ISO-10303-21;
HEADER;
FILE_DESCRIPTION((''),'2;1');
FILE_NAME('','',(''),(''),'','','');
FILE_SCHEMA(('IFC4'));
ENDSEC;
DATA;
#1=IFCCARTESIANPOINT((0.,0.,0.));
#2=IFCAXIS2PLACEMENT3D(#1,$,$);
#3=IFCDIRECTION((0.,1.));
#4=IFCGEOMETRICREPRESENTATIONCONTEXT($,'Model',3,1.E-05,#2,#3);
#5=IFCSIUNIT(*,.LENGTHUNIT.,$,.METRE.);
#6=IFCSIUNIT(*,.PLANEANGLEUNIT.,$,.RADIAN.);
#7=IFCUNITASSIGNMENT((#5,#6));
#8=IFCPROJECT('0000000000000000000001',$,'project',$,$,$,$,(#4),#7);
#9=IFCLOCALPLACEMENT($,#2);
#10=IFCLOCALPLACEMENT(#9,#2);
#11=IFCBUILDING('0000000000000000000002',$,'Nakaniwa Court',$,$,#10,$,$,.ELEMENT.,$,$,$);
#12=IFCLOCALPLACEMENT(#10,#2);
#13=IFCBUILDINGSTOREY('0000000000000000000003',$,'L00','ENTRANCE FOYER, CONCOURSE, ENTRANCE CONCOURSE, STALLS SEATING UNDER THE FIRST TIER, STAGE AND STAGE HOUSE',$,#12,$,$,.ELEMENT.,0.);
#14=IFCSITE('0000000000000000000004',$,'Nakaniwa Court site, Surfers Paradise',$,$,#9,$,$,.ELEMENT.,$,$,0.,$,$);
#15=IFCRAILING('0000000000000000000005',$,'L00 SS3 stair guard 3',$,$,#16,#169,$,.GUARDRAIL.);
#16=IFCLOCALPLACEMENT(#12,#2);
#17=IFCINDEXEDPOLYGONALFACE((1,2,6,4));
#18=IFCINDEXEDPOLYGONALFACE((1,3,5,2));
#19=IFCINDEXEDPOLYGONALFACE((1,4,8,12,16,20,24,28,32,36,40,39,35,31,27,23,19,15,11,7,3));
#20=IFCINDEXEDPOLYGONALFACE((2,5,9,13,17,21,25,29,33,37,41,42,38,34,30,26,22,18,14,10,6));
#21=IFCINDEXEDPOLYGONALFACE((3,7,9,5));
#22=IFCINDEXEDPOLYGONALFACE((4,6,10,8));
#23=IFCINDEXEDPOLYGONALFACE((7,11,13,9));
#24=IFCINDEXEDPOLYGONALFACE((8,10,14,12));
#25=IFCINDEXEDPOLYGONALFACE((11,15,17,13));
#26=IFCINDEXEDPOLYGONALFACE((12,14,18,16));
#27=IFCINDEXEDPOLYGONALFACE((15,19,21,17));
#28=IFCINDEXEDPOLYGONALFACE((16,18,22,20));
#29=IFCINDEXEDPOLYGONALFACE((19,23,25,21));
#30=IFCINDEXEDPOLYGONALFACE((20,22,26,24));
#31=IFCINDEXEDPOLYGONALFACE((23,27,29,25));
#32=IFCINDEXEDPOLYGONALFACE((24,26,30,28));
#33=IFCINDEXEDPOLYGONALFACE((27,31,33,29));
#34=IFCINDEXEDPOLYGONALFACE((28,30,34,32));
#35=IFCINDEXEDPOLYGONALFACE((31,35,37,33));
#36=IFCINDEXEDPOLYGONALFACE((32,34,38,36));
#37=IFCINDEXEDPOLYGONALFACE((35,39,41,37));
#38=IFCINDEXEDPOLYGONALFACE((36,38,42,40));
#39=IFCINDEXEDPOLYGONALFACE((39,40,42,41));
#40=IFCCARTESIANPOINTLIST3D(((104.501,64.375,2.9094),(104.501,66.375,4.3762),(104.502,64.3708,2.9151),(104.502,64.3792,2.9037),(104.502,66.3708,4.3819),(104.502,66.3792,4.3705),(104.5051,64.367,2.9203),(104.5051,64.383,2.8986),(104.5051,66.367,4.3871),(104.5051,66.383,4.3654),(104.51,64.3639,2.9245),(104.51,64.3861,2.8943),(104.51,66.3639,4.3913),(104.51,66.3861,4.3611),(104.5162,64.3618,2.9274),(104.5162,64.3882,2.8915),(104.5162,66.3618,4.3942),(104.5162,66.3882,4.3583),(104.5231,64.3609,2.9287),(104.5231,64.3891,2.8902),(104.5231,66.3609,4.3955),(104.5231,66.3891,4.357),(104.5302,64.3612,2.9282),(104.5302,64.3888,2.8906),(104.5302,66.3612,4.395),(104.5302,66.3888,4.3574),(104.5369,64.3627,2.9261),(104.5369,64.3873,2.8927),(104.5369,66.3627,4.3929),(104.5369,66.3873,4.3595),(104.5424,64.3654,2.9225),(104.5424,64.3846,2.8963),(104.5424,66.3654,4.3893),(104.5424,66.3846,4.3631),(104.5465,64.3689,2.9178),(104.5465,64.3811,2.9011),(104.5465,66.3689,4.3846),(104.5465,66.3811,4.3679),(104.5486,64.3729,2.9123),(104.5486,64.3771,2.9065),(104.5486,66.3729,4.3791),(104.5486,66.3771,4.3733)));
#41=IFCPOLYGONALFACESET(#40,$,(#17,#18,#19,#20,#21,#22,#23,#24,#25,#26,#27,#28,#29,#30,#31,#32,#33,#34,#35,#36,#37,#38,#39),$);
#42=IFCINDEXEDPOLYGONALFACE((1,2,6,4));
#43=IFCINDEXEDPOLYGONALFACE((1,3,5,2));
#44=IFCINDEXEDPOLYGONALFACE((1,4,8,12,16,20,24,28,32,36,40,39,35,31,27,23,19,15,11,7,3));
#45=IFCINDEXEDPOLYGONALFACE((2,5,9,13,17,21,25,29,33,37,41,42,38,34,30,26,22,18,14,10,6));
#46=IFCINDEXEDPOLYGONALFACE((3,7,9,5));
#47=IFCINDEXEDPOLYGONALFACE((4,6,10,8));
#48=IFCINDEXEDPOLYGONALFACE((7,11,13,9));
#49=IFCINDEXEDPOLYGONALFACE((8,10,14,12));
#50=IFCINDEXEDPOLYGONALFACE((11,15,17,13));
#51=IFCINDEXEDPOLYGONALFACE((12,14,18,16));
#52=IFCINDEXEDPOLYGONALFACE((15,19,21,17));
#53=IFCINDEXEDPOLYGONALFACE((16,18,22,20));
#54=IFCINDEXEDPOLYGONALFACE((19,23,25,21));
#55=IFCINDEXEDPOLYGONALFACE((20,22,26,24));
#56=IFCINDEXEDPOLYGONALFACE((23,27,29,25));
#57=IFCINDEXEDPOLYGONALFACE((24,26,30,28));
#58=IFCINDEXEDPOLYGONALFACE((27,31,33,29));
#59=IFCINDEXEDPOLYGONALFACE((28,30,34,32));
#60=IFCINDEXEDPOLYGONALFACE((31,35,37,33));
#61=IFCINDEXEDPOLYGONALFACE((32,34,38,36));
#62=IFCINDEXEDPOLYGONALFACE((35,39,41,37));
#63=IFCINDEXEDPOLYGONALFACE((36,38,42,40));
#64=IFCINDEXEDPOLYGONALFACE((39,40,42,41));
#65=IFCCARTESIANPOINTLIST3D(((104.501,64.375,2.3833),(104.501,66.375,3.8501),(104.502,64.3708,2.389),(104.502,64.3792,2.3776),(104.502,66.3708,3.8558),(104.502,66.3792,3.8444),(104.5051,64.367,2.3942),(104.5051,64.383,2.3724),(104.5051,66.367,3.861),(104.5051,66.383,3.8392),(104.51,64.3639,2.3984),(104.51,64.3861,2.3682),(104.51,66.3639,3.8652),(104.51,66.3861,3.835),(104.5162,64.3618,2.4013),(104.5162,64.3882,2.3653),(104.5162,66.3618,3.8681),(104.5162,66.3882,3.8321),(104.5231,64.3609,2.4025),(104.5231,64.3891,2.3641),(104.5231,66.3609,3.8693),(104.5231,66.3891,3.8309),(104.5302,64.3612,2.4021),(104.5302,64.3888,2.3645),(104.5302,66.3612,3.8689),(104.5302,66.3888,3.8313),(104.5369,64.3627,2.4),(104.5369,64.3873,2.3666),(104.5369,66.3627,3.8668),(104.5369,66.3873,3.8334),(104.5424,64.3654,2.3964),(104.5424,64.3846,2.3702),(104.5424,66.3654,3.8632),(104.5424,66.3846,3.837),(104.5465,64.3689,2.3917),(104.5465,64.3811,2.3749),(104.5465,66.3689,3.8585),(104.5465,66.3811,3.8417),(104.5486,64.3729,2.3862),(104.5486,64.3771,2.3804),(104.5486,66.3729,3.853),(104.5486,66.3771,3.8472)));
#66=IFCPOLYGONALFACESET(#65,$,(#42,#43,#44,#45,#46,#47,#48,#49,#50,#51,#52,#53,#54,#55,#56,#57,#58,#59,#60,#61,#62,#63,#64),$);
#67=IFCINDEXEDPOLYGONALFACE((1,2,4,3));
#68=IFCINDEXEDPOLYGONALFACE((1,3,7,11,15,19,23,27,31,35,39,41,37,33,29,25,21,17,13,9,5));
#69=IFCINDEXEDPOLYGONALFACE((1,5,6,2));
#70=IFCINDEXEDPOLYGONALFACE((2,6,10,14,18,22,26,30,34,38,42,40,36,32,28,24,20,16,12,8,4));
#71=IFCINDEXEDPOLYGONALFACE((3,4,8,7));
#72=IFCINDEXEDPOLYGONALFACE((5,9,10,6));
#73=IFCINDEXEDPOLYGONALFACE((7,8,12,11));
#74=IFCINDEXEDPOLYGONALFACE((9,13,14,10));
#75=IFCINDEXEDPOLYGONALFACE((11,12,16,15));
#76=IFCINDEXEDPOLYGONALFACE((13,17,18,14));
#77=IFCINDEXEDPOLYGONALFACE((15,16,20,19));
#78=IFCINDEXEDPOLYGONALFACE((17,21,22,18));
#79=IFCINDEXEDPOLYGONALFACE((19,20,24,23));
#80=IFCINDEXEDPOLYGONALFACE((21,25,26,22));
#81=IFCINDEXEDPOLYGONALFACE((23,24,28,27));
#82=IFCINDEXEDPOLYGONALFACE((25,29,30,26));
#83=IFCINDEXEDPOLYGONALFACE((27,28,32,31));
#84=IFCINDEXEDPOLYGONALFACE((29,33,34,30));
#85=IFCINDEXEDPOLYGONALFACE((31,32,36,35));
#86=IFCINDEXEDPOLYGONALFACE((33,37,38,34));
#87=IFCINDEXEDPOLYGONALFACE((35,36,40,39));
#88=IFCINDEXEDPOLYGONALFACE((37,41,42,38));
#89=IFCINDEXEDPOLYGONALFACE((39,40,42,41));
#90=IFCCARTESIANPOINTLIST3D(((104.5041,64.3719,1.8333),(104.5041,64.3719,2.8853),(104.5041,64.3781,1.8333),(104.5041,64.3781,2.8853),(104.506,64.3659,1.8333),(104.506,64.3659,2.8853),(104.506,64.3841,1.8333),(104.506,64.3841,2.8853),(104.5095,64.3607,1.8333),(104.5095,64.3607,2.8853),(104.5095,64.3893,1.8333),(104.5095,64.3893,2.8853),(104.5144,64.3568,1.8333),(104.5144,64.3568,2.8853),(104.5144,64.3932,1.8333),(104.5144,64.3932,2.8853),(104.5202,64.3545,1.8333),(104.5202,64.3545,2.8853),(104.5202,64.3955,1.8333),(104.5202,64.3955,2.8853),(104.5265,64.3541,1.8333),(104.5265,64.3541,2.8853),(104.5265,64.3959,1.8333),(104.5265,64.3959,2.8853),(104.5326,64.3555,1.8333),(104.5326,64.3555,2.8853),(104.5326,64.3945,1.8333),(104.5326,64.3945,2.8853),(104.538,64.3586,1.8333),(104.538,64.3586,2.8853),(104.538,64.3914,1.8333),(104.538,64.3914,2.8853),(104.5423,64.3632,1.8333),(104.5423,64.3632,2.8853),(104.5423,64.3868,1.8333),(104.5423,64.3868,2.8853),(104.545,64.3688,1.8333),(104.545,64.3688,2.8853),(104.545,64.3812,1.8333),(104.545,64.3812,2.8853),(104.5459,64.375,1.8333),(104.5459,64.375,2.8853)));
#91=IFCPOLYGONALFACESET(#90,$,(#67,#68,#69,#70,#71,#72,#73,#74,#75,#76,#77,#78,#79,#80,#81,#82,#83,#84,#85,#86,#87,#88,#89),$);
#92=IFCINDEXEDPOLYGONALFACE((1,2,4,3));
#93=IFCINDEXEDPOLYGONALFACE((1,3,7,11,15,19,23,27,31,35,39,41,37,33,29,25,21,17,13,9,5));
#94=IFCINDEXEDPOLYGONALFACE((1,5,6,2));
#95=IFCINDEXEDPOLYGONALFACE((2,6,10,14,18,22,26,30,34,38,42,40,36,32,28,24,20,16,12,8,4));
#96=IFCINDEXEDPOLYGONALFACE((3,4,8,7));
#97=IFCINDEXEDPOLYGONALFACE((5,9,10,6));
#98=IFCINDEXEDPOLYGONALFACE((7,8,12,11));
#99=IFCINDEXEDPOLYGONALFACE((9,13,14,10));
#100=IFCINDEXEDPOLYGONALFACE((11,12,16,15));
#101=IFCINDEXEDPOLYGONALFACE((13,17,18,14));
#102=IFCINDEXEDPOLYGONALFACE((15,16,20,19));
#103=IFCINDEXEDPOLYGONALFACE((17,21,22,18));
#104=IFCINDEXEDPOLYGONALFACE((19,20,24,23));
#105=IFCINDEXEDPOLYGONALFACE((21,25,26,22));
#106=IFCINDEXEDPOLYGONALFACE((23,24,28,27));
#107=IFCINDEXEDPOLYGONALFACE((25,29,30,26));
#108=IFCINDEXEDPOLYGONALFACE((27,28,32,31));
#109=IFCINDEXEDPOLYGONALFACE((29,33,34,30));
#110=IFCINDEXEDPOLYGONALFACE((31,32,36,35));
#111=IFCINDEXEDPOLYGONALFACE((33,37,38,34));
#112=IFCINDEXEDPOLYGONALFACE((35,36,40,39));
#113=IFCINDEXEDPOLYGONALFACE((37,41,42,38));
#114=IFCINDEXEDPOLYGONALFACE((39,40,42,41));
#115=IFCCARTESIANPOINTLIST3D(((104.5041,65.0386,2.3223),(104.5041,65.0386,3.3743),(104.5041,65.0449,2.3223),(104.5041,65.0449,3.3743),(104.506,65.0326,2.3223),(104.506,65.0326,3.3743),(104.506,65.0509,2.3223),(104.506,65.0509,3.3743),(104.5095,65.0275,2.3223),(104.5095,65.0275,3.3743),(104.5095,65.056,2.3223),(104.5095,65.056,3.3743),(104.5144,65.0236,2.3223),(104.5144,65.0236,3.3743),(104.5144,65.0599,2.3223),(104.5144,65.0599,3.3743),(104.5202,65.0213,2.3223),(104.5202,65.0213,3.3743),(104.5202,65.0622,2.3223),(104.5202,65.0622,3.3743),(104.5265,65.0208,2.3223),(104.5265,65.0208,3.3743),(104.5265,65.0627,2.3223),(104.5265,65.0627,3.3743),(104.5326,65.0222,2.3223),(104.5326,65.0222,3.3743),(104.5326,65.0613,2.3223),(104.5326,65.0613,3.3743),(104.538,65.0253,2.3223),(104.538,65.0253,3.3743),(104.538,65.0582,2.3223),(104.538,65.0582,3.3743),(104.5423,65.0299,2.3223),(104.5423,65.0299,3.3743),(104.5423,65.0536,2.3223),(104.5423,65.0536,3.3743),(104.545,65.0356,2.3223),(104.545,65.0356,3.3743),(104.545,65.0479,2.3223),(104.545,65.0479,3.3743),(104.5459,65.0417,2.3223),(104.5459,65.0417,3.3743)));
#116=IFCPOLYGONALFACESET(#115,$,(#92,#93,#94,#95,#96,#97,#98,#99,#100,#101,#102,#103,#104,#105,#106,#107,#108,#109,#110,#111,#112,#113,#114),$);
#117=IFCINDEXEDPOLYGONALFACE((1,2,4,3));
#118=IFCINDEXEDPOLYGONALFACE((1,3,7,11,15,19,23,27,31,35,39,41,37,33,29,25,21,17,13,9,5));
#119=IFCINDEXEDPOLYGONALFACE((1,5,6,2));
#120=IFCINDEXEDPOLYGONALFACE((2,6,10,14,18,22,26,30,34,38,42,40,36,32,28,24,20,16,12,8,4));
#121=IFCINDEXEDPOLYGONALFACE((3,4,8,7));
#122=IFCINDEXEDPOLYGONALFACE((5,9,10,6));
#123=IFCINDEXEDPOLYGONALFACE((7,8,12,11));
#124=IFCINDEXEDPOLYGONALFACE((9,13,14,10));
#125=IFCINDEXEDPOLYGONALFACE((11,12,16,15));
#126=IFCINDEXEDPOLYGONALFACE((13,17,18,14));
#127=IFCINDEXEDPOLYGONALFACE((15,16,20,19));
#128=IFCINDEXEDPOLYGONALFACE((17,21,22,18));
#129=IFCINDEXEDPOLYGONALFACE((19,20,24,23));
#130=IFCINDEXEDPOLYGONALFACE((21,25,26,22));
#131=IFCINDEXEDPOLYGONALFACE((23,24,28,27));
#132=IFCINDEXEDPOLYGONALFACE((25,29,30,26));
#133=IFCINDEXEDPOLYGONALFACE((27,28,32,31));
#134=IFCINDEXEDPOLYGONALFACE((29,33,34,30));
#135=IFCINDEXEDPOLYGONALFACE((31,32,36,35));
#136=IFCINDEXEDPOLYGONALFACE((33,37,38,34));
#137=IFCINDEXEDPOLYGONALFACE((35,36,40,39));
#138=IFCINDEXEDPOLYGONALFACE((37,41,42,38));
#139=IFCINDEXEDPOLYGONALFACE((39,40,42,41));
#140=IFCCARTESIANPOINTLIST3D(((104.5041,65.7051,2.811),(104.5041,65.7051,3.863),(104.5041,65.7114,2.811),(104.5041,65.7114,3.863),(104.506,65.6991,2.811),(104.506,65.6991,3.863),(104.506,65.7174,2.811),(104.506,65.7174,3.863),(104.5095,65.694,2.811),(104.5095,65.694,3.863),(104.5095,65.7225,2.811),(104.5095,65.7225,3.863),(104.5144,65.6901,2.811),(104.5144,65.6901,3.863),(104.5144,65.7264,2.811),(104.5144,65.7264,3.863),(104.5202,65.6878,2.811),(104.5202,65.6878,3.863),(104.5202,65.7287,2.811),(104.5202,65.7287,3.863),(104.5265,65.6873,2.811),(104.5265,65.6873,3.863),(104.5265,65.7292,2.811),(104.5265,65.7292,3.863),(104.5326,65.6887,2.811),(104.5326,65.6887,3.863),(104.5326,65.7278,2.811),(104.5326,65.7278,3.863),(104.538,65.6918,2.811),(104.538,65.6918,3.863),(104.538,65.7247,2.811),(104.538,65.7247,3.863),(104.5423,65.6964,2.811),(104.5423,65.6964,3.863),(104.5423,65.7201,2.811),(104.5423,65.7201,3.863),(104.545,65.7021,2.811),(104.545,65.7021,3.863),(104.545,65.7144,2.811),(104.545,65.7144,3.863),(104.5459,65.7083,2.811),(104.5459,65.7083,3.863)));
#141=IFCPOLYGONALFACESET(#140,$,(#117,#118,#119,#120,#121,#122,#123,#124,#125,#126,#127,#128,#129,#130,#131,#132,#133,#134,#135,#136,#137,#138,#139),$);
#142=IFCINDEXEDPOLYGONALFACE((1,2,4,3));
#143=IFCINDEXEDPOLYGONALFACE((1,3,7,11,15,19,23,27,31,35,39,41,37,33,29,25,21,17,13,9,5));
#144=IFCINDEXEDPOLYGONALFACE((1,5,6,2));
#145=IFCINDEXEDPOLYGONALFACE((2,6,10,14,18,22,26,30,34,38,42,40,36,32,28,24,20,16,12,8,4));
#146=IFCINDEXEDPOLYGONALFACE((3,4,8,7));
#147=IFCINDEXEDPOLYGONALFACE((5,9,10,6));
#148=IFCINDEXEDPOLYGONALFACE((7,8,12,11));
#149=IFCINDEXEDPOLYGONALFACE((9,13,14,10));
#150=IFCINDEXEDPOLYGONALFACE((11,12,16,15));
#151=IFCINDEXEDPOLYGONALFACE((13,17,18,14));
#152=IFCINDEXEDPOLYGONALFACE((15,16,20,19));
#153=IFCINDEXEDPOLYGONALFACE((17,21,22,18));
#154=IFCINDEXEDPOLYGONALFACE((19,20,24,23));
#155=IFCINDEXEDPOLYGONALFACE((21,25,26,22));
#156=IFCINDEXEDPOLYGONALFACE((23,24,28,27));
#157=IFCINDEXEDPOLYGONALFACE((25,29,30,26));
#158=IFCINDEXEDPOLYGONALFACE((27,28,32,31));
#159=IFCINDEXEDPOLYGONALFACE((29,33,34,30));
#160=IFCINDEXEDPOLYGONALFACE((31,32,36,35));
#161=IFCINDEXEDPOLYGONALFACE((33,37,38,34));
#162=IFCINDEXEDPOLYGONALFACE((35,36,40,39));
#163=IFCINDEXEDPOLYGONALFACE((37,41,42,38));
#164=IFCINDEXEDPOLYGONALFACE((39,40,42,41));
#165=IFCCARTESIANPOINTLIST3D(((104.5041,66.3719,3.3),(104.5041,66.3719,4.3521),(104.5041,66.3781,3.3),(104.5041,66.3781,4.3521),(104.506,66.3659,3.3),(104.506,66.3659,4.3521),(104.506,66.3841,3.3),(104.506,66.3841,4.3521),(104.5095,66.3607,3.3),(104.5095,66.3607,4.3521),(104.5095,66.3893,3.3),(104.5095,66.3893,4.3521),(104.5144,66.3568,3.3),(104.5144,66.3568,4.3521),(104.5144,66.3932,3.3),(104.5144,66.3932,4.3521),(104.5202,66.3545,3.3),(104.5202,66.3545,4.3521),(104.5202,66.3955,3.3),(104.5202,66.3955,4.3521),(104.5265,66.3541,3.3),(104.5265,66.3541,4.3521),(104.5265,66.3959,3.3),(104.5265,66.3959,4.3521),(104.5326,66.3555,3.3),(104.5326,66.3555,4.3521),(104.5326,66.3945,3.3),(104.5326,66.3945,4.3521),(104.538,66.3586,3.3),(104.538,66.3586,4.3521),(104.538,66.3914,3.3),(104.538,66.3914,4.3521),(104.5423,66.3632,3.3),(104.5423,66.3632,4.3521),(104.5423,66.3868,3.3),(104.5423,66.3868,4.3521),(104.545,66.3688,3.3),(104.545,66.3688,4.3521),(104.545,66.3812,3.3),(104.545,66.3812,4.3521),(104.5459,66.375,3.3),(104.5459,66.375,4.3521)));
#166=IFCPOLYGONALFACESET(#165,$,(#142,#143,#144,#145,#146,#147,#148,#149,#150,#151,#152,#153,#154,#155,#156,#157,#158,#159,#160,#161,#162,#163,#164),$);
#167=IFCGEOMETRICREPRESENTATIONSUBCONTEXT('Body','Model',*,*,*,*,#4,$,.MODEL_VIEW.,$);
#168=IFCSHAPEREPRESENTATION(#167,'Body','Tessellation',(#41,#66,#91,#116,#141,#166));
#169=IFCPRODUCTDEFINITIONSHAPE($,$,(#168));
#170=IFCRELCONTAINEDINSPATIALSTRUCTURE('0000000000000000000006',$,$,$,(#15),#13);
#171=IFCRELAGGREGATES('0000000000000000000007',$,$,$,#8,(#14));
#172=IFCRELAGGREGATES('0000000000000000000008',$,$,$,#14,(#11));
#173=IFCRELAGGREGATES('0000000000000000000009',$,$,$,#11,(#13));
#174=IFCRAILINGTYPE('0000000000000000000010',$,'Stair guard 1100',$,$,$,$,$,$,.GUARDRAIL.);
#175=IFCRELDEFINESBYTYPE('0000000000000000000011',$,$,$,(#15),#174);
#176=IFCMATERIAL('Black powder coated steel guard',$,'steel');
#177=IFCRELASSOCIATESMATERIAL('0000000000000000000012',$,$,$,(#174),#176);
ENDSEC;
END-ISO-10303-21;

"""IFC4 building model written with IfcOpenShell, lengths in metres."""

from ifc_helpers import new_model, si_unit, direction, frame, origin, origin_2d, place, context, subcontext, project, spatial, circle, extrude, material, type_object, element, save


model = new_model("IFC4")

# Units and contexts
model_context = context("Model", 3, precision=1e-05, world=origin(), true_north=direction((0.0, 1.0)))
body_context = subcontext(model_context, "Body", "Model", "MODEL_VIEW")
ifc_project = project(units=[si_unit("LENGTHUNIT", "METRE"), si_unit("PLANEANGLEUNIT", "RADIAN")], contexts=[model_context])

# Site, building, storey
site_placement = place(None, origin())
site = spatial("IfcSite", under=ifc_project, at=site_placement, Name="Nakaniwa Court site, Surfers Paradise", CompositionType="ELEMENT", RefElevation=0.0)
building_placement = place(site_placement, origin())
building = spatial("IfcBuilding", under=site, at=building_placement, Name="Nakaniwa Court", CompositionType="ELEMENT")
storey_placement = place(building_placement, origin())
storey = spatial("IfcBuildingStorey", under=building, at=storey_placement, Name="L00", Description="ENTRANCE FOYER, CONCOURSE, ENTRANCE CONCOURSE, STALLS SEATING UNDER THE FIRST TIER, STAGE AND STAGE HOUSE", CompositionType="ELEMENT", Elevation=0.0)

# Railing
ifc_material_1 = material(Name="Black powder coated steel guard", Category="steel")
railing_type_1 = type_object("IfcRailingType", Name="Stair guard 1100", PredefinedType="GUARDRAIL", material=ifc_material_1)
railing_1_placement = place(storey_placement, frame((104.5249, 64.375, 1.8333)))
element("IfcRailing", 1, at=railing_1_placement, inside=storey, type_object=railing_type_1, Name="L00 SS3 stair guard 3", PredefinedType="GUARDRAIL", context=body_context, shape_type="SweptSolid", body=[
    extrude(circle(Radius=0.0239, at=origin_2d()), frame((0.0, 0.0, 1.0762), z_axis=(0.0, 0.80638, 0.591398), x_axis=(-1.0, 0.0, 0.0)), (0.0, 0.0, 1.0), 2.4802),
    extrude(circle(Radius=0.0239, at=origin_2d()), frame((0.0, 0.0, 0.55), z_axis=(0.0, 0.80638, 0.591398), x_axis=(-1.0, 0.0, 0.0)), (0.0, 0.0, 1.0), 2.4802),
    extrude(circle(Radius=0.021, at=origin_2d()), origin(), (0.0, 0.0, 1.0), 1.052),
    extrude(circle(Radius=0.021, at=origin_2d()), frame((0.0, 0.6667, 0.489)), (0.0, 0.0, 1.0), 1.052),
    extrude(circle(Radius=0.021, at=origin_2d()), frame((0.0, 1.3333, 0.9778)), (0.0, 0.0, 1.0), 1.052),
    extrude(circle(Radius=0.021, at=origin_2d()), frame((0.0, 2.0, 1.4668)), (0.0, 0.0, 1.0), 1.052),
])

save(model, "model.ifc")
